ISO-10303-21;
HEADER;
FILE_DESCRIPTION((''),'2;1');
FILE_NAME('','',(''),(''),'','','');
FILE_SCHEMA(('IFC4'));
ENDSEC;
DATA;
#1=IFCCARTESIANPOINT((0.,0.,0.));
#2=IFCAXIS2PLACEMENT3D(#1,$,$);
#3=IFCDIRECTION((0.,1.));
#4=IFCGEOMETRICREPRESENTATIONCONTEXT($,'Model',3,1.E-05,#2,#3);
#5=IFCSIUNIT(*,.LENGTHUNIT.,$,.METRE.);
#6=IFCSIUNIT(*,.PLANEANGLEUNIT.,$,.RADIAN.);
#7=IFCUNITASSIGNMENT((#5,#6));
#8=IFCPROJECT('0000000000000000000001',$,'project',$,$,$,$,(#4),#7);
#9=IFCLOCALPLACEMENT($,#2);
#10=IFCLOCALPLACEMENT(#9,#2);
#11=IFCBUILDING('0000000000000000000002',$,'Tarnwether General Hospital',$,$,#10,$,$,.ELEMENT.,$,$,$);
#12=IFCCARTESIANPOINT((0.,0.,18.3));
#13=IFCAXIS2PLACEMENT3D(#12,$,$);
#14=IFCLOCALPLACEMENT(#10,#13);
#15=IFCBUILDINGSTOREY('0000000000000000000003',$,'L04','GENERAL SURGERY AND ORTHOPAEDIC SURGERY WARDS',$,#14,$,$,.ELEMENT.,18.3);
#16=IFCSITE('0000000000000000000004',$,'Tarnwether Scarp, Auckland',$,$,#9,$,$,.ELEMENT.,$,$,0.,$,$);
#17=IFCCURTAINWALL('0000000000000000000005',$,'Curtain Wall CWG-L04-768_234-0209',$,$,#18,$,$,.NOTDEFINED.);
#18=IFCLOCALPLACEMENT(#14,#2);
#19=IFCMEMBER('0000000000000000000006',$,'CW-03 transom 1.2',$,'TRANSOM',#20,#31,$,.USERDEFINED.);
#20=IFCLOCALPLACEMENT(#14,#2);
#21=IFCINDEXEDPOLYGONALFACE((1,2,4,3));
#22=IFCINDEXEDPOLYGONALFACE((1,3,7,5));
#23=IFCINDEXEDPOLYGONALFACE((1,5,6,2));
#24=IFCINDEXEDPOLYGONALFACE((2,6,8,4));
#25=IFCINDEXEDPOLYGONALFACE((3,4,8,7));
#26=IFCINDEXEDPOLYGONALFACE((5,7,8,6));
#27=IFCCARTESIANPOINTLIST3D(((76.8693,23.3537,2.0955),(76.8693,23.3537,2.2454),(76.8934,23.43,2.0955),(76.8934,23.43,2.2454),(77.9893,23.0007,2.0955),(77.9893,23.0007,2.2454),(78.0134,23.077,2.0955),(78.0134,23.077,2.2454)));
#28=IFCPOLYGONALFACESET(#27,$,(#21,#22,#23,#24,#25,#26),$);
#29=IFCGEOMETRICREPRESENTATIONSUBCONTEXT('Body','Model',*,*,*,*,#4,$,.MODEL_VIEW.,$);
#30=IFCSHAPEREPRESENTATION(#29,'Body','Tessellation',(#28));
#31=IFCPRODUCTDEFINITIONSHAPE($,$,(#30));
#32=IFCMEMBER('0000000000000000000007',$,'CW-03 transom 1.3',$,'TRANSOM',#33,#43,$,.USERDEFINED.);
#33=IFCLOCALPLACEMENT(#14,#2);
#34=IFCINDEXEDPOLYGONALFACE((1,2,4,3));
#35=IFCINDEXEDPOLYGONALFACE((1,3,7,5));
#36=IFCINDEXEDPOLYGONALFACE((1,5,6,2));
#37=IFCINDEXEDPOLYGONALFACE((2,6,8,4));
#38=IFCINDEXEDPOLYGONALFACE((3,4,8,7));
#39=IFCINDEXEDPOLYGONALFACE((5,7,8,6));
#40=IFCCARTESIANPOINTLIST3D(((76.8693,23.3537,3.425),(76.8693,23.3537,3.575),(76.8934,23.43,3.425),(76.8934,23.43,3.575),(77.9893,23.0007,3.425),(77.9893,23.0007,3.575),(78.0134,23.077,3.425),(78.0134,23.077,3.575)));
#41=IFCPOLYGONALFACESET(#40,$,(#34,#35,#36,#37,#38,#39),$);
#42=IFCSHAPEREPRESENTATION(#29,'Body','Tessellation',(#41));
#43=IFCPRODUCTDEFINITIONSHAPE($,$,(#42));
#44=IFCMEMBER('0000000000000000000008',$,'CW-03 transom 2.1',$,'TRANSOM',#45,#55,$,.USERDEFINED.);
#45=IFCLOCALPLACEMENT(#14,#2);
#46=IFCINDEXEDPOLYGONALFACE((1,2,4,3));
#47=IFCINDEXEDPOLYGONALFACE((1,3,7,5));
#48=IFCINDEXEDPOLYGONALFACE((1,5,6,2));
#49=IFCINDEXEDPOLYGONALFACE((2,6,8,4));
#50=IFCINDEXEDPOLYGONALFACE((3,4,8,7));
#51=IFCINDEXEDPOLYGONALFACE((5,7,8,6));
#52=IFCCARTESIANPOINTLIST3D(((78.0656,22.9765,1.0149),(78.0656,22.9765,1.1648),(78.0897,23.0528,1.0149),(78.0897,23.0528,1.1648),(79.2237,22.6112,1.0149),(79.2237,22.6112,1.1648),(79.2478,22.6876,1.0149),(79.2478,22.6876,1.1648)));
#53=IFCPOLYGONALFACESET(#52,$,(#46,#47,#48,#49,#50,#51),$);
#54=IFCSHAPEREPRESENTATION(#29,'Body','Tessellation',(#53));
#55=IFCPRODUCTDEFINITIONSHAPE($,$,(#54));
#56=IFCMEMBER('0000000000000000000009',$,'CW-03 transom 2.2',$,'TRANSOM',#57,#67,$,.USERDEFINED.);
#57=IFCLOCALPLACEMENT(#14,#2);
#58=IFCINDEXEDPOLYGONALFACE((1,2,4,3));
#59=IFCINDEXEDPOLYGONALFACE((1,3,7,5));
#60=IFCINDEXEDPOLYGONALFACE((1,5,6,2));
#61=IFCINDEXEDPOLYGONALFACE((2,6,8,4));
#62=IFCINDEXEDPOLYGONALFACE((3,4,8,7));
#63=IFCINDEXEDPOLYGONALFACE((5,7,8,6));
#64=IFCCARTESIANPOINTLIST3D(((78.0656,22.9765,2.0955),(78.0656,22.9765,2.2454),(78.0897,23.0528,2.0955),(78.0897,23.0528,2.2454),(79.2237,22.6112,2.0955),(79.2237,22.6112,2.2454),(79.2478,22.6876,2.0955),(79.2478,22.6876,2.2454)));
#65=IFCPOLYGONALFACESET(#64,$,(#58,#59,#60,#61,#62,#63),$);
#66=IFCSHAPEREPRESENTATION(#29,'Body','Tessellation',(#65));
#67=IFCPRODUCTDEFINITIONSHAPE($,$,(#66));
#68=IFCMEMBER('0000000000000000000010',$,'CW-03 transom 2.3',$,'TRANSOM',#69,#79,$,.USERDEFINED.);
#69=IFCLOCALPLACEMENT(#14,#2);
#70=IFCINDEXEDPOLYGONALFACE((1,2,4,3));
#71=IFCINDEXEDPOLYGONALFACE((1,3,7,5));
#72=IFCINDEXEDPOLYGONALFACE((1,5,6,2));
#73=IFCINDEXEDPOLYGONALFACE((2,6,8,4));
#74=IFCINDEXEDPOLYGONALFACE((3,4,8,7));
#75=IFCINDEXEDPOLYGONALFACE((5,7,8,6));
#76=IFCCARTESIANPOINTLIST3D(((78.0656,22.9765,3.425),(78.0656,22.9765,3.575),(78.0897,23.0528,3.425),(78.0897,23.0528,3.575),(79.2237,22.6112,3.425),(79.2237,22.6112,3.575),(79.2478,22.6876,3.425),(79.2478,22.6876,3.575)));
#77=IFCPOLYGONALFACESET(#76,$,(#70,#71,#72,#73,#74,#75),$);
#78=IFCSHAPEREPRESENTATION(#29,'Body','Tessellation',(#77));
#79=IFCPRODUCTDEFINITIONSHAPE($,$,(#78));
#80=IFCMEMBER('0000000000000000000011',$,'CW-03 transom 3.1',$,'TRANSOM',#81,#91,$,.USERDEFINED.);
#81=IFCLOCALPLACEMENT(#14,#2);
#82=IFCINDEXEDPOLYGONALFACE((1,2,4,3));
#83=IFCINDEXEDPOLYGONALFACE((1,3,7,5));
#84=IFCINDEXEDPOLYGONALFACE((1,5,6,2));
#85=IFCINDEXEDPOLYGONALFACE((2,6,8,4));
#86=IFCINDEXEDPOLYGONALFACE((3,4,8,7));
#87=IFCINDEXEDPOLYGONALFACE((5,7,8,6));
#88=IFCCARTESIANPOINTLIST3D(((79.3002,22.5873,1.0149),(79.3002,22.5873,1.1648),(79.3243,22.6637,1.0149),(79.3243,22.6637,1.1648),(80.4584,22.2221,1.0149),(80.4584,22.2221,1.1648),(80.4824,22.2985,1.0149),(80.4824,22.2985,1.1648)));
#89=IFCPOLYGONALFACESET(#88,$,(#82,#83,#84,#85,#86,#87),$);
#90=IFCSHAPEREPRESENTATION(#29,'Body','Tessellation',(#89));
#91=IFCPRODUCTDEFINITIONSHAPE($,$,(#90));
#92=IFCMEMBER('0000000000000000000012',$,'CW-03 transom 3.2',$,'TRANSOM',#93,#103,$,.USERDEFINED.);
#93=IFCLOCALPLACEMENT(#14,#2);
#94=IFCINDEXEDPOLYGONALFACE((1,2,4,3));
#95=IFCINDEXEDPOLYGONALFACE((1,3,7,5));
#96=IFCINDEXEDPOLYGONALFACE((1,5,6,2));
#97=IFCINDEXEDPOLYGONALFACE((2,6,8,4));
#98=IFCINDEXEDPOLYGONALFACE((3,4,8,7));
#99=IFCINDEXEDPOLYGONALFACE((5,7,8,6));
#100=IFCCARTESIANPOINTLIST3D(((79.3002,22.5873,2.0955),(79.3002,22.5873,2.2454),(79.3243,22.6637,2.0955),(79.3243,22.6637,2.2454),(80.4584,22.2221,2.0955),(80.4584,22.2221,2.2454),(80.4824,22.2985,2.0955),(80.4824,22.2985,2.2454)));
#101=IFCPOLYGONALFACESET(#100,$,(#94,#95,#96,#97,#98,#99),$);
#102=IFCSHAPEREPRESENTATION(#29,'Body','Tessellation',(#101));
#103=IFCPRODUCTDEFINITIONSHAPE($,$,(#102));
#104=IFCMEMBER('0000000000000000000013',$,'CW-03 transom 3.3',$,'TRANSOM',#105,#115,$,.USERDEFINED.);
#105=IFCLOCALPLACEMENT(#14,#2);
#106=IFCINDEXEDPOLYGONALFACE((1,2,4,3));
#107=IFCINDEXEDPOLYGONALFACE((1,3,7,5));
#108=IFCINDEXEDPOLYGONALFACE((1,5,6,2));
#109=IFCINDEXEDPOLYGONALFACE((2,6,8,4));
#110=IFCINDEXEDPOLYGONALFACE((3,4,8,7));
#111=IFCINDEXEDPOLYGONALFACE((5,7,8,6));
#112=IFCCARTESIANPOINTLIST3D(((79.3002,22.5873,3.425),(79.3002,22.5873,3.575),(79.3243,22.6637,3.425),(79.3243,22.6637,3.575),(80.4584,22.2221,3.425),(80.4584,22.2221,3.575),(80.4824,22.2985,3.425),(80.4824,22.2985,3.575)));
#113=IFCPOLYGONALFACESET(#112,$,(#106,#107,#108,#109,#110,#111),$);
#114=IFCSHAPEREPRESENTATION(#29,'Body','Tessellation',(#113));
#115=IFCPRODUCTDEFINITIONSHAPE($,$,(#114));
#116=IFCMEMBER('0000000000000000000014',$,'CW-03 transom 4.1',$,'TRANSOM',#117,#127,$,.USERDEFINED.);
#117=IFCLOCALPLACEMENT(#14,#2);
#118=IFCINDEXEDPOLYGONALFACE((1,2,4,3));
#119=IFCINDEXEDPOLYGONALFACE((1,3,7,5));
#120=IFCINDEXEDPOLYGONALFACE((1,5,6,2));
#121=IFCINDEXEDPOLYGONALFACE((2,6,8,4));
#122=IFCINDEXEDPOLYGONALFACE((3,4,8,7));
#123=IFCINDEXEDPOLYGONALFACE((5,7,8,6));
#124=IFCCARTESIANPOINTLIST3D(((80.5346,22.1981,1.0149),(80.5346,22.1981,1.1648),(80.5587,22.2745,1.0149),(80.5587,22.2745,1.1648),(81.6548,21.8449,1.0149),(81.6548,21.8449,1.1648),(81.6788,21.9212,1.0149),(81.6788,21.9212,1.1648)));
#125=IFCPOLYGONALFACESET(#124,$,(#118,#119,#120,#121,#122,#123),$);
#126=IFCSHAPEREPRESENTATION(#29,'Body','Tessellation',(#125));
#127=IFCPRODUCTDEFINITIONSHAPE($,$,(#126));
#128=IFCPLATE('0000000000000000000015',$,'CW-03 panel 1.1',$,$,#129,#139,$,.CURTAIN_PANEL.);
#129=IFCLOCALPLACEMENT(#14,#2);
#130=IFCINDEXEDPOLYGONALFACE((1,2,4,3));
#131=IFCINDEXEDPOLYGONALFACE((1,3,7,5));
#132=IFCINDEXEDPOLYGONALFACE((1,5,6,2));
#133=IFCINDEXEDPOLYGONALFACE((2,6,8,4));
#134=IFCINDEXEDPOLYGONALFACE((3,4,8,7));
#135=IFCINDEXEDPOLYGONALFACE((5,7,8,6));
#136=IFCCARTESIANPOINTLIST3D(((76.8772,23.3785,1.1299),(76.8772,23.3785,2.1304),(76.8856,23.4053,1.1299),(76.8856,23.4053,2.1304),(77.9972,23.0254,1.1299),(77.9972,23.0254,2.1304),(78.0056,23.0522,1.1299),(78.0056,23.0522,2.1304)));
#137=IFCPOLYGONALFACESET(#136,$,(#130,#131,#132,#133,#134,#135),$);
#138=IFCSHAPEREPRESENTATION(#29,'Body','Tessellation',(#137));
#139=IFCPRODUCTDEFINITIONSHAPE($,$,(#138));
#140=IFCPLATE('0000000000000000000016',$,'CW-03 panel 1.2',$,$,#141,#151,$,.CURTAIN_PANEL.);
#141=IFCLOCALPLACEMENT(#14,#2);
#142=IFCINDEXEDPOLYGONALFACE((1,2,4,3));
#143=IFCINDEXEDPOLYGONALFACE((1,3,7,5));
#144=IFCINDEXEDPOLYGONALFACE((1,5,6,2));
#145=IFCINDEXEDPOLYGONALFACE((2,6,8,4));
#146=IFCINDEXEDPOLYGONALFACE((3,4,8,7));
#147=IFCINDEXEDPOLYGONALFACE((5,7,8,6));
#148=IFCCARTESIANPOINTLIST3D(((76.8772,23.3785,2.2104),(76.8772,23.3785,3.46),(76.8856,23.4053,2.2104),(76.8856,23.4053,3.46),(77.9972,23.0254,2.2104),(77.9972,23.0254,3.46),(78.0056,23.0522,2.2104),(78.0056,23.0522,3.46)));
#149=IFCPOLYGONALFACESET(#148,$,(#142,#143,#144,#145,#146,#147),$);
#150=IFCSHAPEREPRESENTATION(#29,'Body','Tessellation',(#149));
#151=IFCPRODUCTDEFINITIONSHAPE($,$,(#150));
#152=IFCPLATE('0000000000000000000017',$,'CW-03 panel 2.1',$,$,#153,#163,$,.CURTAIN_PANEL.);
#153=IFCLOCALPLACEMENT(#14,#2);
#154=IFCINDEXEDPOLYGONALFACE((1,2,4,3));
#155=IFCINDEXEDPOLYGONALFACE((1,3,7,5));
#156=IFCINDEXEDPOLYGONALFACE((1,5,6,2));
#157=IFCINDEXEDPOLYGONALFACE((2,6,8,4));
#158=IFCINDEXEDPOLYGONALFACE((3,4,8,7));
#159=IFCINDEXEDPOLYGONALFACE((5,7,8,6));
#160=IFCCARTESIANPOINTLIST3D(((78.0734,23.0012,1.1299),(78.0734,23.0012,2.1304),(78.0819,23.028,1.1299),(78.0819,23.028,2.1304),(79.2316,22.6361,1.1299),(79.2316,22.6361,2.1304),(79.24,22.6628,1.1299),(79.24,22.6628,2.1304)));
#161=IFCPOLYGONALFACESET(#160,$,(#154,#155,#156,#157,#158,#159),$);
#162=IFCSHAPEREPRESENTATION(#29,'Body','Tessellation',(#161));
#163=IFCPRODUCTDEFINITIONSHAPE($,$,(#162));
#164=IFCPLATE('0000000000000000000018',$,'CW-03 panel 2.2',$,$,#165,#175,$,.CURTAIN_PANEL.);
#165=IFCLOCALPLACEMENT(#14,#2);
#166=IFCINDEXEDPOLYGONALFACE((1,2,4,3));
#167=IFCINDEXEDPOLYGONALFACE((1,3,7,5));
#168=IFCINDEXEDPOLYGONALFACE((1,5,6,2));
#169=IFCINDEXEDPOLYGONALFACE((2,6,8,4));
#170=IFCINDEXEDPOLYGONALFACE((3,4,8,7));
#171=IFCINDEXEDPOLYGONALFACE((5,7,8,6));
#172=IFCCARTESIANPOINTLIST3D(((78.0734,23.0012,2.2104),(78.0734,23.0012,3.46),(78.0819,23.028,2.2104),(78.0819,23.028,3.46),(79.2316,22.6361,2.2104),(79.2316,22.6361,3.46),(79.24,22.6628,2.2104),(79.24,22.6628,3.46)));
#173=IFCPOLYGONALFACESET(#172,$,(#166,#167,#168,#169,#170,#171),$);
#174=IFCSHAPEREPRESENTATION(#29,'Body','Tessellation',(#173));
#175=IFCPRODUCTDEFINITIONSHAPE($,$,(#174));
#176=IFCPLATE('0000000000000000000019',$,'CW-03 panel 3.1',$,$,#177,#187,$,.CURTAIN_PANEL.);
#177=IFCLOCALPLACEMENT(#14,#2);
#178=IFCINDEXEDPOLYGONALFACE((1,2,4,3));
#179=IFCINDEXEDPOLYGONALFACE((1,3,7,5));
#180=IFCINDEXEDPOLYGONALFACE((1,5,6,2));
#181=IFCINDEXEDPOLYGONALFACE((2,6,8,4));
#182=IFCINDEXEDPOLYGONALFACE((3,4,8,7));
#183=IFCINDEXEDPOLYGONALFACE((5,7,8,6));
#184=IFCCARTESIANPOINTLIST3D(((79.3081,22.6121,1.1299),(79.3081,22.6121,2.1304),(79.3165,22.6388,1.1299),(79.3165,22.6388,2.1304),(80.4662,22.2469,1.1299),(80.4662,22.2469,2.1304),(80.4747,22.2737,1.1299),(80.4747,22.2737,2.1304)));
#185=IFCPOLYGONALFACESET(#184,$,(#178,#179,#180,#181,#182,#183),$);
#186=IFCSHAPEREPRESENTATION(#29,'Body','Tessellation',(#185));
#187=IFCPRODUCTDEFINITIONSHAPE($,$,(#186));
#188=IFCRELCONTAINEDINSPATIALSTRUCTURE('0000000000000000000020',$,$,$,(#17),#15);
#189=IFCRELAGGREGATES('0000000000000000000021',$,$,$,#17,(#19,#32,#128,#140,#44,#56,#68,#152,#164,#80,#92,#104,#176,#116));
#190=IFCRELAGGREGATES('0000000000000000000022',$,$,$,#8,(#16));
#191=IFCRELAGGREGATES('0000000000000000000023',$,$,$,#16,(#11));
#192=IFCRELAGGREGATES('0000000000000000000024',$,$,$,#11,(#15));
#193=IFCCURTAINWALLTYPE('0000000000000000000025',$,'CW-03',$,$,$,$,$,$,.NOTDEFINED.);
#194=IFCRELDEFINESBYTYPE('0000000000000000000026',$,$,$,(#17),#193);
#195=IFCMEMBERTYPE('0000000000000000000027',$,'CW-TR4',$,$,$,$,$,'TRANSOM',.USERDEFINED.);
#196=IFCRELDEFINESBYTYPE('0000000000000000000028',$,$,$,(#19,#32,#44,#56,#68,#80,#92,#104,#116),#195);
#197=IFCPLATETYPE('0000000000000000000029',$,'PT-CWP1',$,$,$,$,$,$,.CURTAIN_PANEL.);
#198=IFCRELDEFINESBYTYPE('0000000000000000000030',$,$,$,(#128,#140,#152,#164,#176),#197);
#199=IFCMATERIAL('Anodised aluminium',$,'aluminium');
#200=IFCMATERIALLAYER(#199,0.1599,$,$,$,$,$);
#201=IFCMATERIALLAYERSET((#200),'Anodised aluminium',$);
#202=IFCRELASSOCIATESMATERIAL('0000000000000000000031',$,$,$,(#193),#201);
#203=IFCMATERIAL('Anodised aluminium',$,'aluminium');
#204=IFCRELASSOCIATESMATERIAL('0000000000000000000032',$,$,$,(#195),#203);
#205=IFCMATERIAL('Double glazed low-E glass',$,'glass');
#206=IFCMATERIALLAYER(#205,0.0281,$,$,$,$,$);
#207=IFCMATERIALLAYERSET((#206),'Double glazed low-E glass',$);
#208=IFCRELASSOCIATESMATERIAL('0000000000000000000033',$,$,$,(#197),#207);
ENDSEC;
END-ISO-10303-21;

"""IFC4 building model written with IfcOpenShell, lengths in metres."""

from ifc_helpers import new_model, si_unit, direction, frame, origin, origin_2d, place, context, subcontext, project, spatial, rectangle, extrude, material, layer, layer_set, material_profile, profile_set, type_object, element, aggregate, save


model = new_model("IFC4")

# Units and contexts
model_context = context("Model", 3, precision=1e-05, world=origin(), true_north=direction((0.0, 1.0)))
body_context = subcontext(model_context, "Body", "Model", "MODEL_VIEW")
ifc_project = project(units=[si_unit("LENGTHUNIT", "METRE"), si_unit("PLANEANGLEUNIT", "RADIAN")], contexts=[model_context])

# Site, building, storey
site_placement = place(None, origin())
site = spatial("IfcSite", under=ifc_project, at=site_placement, Name="Tarnwether Scarp, Auckland", CompositionType="ELEMENT", RefElevation=0.0)
building_placement = place(site_placement, origin())
building = spatial("IfcBuilding", under=site, at=building_placement, Name="Tarnwether General Hospital", CompositionType="ELEMENT")
storey_placement = place(building_placement, frame((0.0, 0.0, 18.3)))
storey = spatial("IfcBuildingStorey", under=building, at=storey_placement, Name="L04", Description="GENERAL SURGERY AND ORTHOPAEDIC SURGERY WARDS", CompositionType="ELEMENT", Elevation=18.3)

# Curtain wall
ifc_material_1 = material(Name="Anodised aluminium", Category="aluminium")
ifc_layer_1 = layer(ifc_material_1, 0.1599)
ifc_layer_set_1 = layer_set([ifc_layer_1], Name="Anodised aluminium")
curtain_wall_type = type_object("IfcCurtainWallType", Name="CW-03", PredefinedType="NOTDEFINED", material=ifc_layer_set_1)
curtain_wall_1_placement = place(storey_placement, origin())
curtain_wall_1 = element("IfcCurtainWall", 1, at=curtain_wall_1_placement, inside=storey, type_object=curtain_wall_type, Name="Curtain Wall CWG-L04-768_234-0209", PredefinedType="NOTDEFINED")

# Members
ifc_material_2 = material(Name="Anodised aluminium", Category="aluminium")
ifc_material_profile_1 = material_profile(ifc_material_2, rectangle(XDim=0.0801, YDim=0.1499, at=origin_2d()), Name="ALU-TRN-80x150")
ifc_profile_set_1 = profile_set([ifc_material_profile_1], Name="Anodised aluminium")
member_type_1 = type_object("IfcMemberType", Name="CW-TR4", ElementType="TRANSOM", PredefinedType="USERDEFINED", material=ifc_profile_set_1)
member_1_placement = place(storey_placement, frame((76.8813, 23.3918, 2.1704), z_axis=(0.953752, -0.300594, 0.0), x_axis=(0.300594, 0.953752, 0.0)))
member_1 = element("IfcMember", 2, at=member_1_placement, type_object=member_type_1, Name="CW-03 transom 1.2", ObjectType="TRANSOM", PredefinedType="USERDEFINED", context=body_context, shape_type="SweptSolid", body=[
    extrude(rectangle(XDim=0.0801, YDim=0.1499, at=origin_2d()), origin(), (0.0, 0.0, 1.0), 1.1743),
])
member_2_placement = place(storey_placement, frame((76.8813, 23.3918, 3.5), z_axis=(0.953752, -0.300594, 0.0), x_axis=(0.300594, 0.953752, 0.0)))
member_2 = element("IfcMember", 3, at=member_2_placement, type_object=member_type_1, Name="CW-03 transom 1.3", ObjectType="TRANSOM", PredefinedType="USERDEFINED", context=body_context, shape_type="SweptSolid", body=[
    extrude(rectangle(XDim=0.0801, YDim=0.1499, at=origin_2d()), origin(), (0.0, 0.0, 1.0), 1.1743),
])
member_3_placement = place(storey_placement, frame((78.0776, 23.0146, 1.0898), z_axis=(0.953704, -0.300746, 0.0), x_axis=(0.300746, 0.953704, 0.0)))
member_3 = element("IfcMember", 4, at=member_3_placement, type_object=member_type_1, Name="CW-03 transom 2.1", ObjectType="TRANSOM", PredefinedType="USERDEFINED", context=body_context, shape_type="SweptSolid", body=[
    extrude(rectangle(XDim=0.0801, YDim=0.1499, at=origin_2d()), origin(), (0.0, 0.0, 1.0), 1.2144),
])
member_4_placement = place(storey_placement, frame((78.0776, 23.0146, 2.1704), z_axis=(0.953704, -0.300746, 0.0), x_axis=(0.300746, 0.953704, 0.0)))
member_4 = element("IfcMember", 5, at=member_4_placement, type_object=member_type_1, Name="CW-03 transom 2.2", ObjectType="TRANSOM", PredefinedType="USERDEFINED", context=body_context, shape_type="SweptSolid", body=[
    extrude(rectangle(XDim=0.0801, YDim=0.1499, at=origin_2d()), origin(), (0.0, 0.0, 1.0), 1.2144),
])
member_5_placement = place(storey_placement, frame((78.0776, 23.0146, 3.5), z_axis=(0.953704, -0.300746, 0.0), x_axis=(0.300746, 0.953704, 0.0)))
member_5 = element("IfcMember", 6, at=member_5_placement, type_object=member_type_1, Name="CW-03 transom 2.3", ObjectType="TRANSOM", PredefinedType="USERDEFINED", context=body_context, shape_type="SweptSolid", body=[
    extrude(rectangle(XDim=0.0801, YDim=0.1499, at=origin_2d()), origin(), (0.0, 0.0, 1.0), 1.2144),
])
member_6_placement = place(storey_placement, frame((79.3123, 22.6255, 1.0898), z_axis=(0.953704, -0.300746, 0.0), x_axis=(0.300746, 0.953704, 0.0)))
member_6 = element("IfcMember", 7, at=member_6_placement, type_object=member_type_1, Name="CW-03 transom 3.1", ObjectType="TRANSOM", PredefinedType="USERDEFINED", context=body_context, shape_type="SweptSolid", body=[
    extrude(rectangle(XDim=0.0801, YDim=0.1499, at=origin_2d()), origin(), (0.0, 0.0, 1.0), 1.2144),
])
member_7_placement = place(storey_placement, frame((79.3123, 22.6255, 2.1704), z_axis=(0.953704, -0.300746, 0.0), x_axis=(0.300746, 0.953704, 0.0)))
member_7 = element("IfcMember", 8, at=member_7_placement, type_object=member_type_1, Name="CW-03 transom 3.2", ObjectType="TRANSOM", PredefinedType="USERDEFINED", context=body_context, shape_type="SweptSolid", body=[
    extrude(rectangle(XDim=0.0801, YDim=0.1499, at=origin_2d()), origin(), (0.0, 0.0, 1.0), 1.2144),
])
member_8_placement = place(storey_placement, frame((79.3123, 22.6255, 3.5), z_axis=(0.953704, -0.300746, 0.0), x_axis=(0.300746, 0.953704, 0.0)))
member_8 = element("IfcMember", 9, at=member_8_placement, type_object=member_type_1, Name="CW-03 transom 3.3", ObjectType="TRANSOM", PredefinedType="USERDEFINED", context=body_context, shape_type="SweptSolid", body=[
    extrude(rectangle(XDim=0.0801, YDim=0.1499, at=origin_2d()), origin(), (0.0, 0.0, 1.0), 1.2144),
])
member_9_placement = place(storey_placement, frame((80.5466, 22.2363, 1.0898), z_axis=(0.953693, -0.300783, 0.0), x_axis=(0.300783, 0.953693, 0.0)))
member_9 = element("IfcMember", 10, at=member_9_placement, type_object=member_type_1, Name="CW-03 transom 4.1", ObjectType="TRANSOM", PredefinedType="USERDEFINED", context=body_context, shape_type="SweptSolid", body=[
    extrude(rectangle(XDim=0.0801, YDim=0.1499, at=origin_2d()), origin(), (0.0, 0.0, 1.0), 1.1746),
])

# Plates
ifc_material_3 = material(Name="Double glazed low-E glass", Category="glass")
ifc_layer_2 = layer(ifc_material_3, 0.0281)
ifc_layer_set_2 = layer_set([ifc_layer_2], Name="Double glazed low-E glass")
plate_type_1 = type_object("IfcPlateType", Name="PT-CWP1", PredefinedType="CURTAIN_PANEL", material=ifc_layer_set_2)
plate_1_placement = place(storey_placement, frame((77.4414, 23.2153, 1.1299), z_axis=(0.0, 0.0, 1.0), x_axis=(0.953714, -0.300715, 0.0)))
plate_1 = element("IfcPlate", 11, at=plate_1_placement, type_object=plate_type_1, Name="CW-03 panel 1.1", PredefinedType="CURTAIN_PANEL", context=body_context, shape_type="SweptSolid", body=[
    extrude(rectangle(XDim=1.1743, YDim=0.0281, at=origin_2d()), origin(), (0.0, 0.0, 1.0), 1.0005),
])
plate_2_placement = place(storey_placement, frame((77.4414, 23.2153, 2.2104), z_axis=(0.0, 0.0, 1.0), x_axis=(0.953714, -0.300715, 0.0)))
plate_2 = element("IfcPlate", 12, at=plate_2_placement, type_object=plate_type_1, Name="CW-03 panel 1.2", PredefinedType="CURTAIN_PANEL", context=body_context, shape_type="SweptSolid", body=[
    extrude(rectangle(XDim=1.1743, YDim=0.0281, at=origin_2d()), origin(), (0.0, 0.0, 1.0), 1.2495),
])
plate_3_placement = place(storey_placement, frame((78.6567, 22.832, 1.1299), z_axis=(0.0, 0.0, 1.0), x_axis=(0.953714, -0.300715, 0.0)))
plate_3 = element("IfcPlate", 13, at=plate_3_placement, type_object=plate_type_1, Name="CW-03 panel 2.1", PredefinedType="CURTAIN_PANEL", context=body_context, shape_type="SweptSolid", body=[
    extrude(rectangle(XDim=1.2144, YDim=0.0281, at=origin_2d()), origin(), (0.0, 0.0, 1.0), 1.0005),
])
plate_4_placement = place(storey_placement, frame((78.6567, 22.832, 2.2104), z_axis=(0.0, 0.0, 1.0), x_axis=(0.953714, -0.300715, 0.0)))
plate_4 = element("IfcPlate", 14, at=plate_4_placement, type_object=plate_type_1, Name="CW-03 panel 2.2", PredefinedType="CURTAIN_PANEL", context=body_context, shape_type="SweptSolid", body=[
    extrude(rectangle(XDim=1.2144, YDim=0.0281, at=origin_2d()), origin(), (0.0, 0.0, 1.0), 1.2495),
])
plate_5_placement = place(storey_placement, frame((79.8914, 22.4429, 1.1299), z_axis=(0.0, 0.0, 1.0), x_axis=(0.953714, -0.300715, 0.0)))
plate_5 = element("IfcPlate", 15, at=plate_5_placement, type_object=plate_type_1, Name="CW-03 panel 3.1", PredefinedType="CURTAIN_PANEL", context=body_context, shape_type="SweptSolid", body=[
    extrude(rectangle(XDim=1.2144, YDim=0.0281, at=origin_2d()), origin(), (0.0, 0.0, 1.0), 1.0005),
])
aggregate(curtain_wall_1, [member_1, member_2, plate_1, plate_2, member_3, member_4, member_5, plate_3, plate_4, member_6, member_7, member_8, plate_5, member_9])

save(model, "model.ifc")
